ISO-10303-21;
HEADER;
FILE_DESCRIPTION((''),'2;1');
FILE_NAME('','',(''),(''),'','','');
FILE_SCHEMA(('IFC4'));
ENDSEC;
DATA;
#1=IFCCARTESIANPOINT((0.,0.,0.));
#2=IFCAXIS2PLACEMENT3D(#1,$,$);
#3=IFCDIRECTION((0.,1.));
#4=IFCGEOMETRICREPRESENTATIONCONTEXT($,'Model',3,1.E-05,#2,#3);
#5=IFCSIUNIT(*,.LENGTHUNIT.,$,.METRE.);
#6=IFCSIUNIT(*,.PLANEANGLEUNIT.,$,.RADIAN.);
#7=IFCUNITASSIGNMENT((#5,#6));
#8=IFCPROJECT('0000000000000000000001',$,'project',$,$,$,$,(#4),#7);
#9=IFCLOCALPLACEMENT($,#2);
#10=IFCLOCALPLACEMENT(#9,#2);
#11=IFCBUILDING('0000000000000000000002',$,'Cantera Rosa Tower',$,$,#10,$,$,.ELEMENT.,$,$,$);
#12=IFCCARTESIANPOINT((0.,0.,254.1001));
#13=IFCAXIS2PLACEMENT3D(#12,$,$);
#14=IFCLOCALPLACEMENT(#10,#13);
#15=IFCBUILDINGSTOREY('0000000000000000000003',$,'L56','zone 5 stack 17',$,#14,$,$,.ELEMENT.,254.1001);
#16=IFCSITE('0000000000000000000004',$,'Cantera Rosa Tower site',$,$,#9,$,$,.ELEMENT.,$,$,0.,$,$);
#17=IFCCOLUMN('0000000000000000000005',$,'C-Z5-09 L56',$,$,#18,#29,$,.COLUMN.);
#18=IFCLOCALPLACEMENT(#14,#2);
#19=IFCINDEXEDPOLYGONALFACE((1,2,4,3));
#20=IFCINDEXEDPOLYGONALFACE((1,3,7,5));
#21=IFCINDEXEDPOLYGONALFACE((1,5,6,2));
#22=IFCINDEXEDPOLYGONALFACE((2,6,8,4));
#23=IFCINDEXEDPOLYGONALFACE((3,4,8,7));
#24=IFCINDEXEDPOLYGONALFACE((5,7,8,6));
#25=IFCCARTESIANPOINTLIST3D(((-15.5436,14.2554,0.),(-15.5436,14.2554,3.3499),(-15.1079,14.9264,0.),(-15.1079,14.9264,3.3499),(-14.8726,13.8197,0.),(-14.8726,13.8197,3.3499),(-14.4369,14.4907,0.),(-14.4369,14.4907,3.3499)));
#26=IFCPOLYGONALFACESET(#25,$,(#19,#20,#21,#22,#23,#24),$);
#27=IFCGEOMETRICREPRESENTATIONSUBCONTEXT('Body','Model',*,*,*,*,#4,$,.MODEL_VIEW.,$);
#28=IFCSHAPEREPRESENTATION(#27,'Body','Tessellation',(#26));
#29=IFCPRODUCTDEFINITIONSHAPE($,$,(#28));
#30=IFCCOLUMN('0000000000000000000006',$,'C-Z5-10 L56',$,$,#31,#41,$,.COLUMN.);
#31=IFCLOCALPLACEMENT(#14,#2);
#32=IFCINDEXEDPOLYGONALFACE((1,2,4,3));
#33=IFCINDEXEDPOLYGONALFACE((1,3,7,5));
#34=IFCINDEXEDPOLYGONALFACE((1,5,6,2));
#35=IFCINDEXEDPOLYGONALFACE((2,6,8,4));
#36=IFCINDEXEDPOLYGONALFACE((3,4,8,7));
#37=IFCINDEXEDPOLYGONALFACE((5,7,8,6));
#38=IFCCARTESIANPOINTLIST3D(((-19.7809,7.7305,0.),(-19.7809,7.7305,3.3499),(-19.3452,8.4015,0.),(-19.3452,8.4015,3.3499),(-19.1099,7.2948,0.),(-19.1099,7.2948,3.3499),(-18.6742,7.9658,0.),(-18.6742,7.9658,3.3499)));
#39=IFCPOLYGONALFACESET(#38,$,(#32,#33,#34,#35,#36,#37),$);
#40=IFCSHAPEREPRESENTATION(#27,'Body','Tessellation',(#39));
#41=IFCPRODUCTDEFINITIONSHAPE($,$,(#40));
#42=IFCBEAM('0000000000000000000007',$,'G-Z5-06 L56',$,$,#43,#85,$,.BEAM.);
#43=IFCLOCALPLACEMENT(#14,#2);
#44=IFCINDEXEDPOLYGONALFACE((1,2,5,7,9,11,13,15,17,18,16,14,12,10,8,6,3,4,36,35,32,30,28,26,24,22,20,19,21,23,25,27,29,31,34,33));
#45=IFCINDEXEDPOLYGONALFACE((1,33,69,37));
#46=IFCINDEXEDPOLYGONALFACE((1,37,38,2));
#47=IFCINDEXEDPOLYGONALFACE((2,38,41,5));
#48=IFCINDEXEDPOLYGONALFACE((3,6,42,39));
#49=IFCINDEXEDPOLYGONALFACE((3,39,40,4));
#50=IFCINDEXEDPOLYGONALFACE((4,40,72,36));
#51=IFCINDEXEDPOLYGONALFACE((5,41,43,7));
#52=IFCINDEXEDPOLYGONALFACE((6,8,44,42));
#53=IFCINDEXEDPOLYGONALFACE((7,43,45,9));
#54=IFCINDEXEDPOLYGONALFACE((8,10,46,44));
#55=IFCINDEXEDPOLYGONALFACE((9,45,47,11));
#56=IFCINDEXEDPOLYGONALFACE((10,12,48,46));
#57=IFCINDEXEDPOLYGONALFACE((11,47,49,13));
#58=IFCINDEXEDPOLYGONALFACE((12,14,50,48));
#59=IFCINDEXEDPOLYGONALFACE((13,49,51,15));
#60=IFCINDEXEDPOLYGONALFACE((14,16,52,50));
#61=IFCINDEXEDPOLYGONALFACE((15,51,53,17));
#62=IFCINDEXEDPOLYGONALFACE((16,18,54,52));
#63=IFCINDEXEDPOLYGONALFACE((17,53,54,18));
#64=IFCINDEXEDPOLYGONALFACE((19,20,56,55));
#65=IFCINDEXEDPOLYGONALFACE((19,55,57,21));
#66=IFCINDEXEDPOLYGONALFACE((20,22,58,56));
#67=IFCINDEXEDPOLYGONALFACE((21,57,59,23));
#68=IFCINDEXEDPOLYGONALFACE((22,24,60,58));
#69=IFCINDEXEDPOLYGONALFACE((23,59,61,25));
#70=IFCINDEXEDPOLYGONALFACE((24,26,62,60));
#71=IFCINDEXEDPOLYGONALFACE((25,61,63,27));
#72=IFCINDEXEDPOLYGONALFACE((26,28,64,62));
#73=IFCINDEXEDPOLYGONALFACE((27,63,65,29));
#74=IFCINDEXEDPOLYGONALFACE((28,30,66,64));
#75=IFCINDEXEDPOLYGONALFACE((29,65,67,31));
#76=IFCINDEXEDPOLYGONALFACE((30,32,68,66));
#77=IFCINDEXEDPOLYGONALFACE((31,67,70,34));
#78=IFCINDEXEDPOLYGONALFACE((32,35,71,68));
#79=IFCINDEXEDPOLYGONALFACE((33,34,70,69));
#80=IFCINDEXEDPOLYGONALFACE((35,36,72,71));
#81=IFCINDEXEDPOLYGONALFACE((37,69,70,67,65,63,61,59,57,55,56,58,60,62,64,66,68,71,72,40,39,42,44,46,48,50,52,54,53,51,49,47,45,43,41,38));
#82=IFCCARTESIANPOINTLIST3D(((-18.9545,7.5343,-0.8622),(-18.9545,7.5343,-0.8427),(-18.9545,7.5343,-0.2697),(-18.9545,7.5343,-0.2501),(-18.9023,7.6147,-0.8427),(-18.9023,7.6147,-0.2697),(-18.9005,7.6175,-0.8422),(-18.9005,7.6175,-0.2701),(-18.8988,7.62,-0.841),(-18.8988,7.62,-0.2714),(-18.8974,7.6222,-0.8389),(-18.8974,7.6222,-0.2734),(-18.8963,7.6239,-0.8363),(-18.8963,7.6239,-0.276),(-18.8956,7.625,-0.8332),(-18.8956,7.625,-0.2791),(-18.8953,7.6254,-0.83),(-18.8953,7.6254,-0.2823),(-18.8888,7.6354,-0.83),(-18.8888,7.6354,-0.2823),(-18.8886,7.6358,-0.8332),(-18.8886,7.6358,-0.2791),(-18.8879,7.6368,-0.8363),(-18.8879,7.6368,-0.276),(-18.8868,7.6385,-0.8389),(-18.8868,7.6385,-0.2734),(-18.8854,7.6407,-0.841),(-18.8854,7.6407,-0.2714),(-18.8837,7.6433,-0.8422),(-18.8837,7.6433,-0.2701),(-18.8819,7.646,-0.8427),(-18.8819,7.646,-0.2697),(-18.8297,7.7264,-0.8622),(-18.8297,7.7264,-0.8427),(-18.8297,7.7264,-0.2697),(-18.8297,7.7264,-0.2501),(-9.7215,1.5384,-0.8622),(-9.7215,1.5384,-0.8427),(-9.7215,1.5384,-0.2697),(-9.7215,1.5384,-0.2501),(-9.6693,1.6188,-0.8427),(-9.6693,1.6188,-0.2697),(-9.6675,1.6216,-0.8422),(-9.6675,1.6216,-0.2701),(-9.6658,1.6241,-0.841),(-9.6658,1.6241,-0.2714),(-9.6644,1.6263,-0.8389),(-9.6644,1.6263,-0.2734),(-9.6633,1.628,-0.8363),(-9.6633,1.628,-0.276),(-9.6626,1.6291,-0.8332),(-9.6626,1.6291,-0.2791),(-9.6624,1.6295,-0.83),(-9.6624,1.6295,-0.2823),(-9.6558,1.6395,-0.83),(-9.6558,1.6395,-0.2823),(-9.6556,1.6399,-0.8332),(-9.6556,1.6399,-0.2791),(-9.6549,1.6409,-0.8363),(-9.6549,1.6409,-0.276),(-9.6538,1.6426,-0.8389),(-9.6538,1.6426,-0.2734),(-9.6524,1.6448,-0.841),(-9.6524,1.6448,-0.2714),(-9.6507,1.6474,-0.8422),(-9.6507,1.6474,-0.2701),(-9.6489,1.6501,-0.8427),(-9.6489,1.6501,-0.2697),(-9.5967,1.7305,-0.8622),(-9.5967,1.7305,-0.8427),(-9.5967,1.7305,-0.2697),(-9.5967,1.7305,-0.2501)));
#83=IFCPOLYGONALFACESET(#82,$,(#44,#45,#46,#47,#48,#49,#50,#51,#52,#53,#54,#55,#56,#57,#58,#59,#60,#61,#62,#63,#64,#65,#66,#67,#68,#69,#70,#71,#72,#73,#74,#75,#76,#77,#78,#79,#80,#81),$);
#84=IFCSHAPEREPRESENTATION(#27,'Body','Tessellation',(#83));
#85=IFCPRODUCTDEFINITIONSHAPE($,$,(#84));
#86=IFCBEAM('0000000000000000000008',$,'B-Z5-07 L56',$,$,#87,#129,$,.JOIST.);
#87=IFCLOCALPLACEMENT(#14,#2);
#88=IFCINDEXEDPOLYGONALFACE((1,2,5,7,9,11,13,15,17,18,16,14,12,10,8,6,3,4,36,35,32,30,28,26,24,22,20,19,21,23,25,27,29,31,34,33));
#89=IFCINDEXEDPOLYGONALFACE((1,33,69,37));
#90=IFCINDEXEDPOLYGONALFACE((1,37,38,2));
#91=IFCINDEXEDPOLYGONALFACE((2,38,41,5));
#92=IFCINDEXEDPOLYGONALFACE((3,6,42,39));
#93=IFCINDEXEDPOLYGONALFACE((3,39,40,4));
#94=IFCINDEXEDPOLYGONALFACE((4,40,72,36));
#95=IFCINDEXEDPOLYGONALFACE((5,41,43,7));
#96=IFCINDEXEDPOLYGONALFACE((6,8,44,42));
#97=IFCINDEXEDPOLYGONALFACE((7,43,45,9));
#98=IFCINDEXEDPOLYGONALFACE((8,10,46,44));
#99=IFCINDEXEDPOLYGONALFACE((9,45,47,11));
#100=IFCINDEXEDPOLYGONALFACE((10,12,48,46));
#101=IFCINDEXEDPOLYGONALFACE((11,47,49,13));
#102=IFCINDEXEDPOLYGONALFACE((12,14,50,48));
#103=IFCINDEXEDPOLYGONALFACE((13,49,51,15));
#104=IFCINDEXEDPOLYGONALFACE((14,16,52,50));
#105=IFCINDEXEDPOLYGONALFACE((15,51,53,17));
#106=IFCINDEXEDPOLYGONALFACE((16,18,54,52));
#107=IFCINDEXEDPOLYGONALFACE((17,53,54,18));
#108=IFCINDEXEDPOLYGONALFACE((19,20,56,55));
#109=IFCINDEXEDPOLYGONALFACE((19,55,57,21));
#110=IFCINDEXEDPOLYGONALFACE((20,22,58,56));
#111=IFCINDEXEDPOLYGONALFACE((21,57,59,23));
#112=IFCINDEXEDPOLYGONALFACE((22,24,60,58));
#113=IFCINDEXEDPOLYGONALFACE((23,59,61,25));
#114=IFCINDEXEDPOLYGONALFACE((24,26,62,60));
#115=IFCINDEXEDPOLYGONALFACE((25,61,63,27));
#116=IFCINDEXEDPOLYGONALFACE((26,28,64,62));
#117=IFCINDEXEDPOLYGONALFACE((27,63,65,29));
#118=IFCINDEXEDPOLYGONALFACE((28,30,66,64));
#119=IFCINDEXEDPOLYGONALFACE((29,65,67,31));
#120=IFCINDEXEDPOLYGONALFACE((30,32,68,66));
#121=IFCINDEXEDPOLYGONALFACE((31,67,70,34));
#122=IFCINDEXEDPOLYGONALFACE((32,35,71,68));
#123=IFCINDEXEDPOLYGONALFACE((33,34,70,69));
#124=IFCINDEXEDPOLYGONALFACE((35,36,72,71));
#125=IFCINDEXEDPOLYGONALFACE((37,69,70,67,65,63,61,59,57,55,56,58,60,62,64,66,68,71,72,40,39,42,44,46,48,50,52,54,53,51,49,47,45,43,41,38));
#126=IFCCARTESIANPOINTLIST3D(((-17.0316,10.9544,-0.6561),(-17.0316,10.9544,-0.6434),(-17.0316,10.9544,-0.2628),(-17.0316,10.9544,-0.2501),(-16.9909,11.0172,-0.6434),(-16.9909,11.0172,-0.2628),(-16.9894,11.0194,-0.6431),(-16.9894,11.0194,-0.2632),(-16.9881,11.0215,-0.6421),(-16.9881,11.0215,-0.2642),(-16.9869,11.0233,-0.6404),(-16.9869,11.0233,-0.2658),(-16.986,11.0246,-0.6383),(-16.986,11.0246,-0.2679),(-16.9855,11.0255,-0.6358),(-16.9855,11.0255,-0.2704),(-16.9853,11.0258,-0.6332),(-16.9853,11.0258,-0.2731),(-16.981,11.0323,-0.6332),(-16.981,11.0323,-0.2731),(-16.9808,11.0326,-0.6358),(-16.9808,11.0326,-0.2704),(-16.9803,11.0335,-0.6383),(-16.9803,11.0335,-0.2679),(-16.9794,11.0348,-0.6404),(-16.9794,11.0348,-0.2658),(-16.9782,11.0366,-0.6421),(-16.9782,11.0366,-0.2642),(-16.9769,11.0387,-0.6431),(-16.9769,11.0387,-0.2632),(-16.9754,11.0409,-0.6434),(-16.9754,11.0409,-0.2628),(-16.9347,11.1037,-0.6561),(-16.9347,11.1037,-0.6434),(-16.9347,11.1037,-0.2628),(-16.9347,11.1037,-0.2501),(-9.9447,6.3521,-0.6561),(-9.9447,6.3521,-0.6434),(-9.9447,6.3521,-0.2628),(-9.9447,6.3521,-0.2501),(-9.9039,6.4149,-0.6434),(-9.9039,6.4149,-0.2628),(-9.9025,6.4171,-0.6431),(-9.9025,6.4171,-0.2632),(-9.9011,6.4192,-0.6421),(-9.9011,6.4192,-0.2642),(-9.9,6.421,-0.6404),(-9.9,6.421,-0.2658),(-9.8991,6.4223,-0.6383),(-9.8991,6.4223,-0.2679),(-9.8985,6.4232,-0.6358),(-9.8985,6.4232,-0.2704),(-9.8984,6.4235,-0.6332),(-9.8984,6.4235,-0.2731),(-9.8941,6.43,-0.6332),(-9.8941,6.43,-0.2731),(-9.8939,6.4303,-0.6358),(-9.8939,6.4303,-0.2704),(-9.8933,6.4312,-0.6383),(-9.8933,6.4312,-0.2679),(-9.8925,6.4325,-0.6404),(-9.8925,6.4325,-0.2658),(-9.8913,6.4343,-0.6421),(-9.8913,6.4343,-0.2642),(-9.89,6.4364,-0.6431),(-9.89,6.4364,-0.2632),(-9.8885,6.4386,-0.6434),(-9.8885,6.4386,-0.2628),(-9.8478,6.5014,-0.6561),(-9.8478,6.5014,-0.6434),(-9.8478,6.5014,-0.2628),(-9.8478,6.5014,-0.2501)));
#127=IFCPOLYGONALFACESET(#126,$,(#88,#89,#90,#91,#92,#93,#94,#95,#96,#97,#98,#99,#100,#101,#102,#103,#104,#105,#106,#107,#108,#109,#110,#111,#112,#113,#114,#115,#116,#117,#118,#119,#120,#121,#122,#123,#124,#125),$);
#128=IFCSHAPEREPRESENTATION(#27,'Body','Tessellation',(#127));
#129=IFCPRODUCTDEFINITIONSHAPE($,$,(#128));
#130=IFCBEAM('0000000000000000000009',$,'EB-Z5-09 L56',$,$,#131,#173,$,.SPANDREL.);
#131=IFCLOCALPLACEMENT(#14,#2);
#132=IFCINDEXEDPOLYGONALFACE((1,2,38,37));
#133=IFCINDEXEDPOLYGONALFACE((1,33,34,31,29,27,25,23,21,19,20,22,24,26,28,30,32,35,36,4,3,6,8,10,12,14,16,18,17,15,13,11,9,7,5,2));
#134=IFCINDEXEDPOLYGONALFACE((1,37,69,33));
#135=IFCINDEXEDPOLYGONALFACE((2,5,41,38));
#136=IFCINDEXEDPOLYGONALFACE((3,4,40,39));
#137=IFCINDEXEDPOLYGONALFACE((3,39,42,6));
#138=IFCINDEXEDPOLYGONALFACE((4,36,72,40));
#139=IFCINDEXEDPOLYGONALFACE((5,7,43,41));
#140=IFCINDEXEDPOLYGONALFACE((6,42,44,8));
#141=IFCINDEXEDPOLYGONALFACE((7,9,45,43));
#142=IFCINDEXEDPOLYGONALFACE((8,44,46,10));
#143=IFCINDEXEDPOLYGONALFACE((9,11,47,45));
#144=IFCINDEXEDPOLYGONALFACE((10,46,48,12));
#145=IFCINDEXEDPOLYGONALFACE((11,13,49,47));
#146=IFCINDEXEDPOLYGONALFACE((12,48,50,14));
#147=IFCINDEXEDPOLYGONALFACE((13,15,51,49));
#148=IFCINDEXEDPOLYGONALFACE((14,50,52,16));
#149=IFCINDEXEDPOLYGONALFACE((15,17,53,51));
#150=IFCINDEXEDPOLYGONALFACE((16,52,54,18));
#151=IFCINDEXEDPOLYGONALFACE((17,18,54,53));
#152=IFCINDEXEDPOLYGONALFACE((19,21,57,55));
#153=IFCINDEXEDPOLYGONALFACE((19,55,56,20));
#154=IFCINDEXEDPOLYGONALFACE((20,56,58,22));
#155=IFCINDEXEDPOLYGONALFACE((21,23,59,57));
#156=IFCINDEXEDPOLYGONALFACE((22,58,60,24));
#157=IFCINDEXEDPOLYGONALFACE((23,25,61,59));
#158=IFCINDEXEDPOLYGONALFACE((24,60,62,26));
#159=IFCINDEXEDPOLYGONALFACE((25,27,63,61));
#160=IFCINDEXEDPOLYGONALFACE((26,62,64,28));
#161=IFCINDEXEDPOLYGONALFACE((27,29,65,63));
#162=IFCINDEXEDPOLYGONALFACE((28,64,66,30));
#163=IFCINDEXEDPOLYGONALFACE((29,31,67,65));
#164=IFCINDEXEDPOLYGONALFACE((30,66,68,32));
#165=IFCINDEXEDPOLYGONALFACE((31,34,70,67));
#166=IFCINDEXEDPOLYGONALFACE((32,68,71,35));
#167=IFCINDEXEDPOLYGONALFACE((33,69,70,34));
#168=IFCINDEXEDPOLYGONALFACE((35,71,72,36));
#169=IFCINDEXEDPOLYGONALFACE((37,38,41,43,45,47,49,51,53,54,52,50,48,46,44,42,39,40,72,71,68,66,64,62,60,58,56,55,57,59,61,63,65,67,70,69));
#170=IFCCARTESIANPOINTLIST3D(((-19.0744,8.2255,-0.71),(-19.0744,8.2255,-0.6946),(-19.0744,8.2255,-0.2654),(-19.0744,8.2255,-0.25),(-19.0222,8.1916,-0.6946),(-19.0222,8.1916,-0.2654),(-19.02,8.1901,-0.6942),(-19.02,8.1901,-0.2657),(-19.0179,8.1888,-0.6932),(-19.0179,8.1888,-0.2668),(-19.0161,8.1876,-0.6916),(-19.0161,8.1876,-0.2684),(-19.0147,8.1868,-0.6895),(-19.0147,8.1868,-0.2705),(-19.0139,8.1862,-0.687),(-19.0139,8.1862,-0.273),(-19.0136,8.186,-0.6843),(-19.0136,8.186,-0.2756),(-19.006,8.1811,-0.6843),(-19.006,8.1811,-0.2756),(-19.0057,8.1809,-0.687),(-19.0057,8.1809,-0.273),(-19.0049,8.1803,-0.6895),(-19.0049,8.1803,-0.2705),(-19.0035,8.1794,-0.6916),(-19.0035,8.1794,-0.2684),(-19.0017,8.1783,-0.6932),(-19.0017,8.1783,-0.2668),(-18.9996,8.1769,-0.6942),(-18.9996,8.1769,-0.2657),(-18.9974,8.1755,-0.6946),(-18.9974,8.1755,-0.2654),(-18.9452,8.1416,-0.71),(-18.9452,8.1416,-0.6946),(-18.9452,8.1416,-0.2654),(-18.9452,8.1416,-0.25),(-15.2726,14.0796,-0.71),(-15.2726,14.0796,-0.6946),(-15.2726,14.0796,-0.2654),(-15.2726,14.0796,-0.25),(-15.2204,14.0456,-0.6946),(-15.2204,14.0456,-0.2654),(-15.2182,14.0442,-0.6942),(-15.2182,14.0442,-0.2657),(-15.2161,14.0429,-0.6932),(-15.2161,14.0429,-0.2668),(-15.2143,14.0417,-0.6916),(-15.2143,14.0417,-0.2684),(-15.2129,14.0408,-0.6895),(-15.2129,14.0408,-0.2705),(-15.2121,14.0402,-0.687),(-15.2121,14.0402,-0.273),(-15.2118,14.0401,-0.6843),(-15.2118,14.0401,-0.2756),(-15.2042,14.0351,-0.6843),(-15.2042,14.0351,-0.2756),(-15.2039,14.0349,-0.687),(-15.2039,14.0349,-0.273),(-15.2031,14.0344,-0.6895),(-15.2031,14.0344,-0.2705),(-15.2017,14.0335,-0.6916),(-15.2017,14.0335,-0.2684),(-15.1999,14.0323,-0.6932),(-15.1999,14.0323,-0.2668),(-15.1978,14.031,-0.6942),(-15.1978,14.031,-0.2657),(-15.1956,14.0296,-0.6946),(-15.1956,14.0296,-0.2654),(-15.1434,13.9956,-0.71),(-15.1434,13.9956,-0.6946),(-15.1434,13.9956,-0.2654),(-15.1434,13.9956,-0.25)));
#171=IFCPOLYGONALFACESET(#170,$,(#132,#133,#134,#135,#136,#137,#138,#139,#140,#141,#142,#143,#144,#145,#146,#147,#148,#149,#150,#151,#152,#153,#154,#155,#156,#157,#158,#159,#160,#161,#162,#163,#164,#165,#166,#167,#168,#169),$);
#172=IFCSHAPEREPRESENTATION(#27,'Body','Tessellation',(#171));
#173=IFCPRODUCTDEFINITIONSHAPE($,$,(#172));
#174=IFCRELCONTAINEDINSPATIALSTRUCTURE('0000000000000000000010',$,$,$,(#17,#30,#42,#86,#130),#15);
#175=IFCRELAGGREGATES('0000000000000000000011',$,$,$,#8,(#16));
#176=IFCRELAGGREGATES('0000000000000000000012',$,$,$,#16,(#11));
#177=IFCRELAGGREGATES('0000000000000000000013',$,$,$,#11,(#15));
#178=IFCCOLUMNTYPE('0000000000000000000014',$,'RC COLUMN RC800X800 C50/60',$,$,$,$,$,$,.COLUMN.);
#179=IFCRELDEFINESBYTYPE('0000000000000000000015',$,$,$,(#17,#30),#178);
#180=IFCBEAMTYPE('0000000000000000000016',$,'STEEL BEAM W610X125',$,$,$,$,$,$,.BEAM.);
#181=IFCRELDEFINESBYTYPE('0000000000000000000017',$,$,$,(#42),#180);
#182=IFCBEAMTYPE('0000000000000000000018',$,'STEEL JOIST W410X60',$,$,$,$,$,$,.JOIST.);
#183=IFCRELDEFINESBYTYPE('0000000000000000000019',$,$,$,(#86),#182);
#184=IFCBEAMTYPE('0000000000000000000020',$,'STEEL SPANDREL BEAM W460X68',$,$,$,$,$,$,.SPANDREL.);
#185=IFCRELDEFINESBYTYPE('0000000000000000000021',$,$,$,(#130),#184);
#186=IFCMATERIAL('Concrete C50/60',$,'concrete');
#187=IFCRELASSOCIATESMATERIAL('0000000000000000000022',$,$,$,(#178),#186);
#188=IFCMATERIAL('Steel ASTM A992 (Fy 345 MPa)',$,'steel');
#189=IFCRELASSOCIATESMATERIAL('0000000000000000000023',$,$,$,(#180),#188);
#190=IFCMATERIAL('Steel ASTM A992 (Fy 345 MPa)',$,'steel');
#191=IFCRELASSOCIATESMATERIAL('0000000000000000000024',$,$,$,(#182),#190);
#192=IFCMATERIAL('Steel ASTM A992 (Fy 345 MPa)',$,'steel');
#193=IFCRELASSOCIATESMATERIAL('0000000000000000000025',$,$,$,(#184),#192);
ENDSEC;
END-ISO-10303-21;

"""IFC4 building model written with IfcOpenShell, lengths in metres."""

from ifc_helpers import new_model, si_unit, direction, frame, origin, origin_2d, place, context, subcontext, project, spatial, rectangle, i_section, extrude, material, material_profile, profile_set, type_object, element, save


model = new_model("IFC4")

# Units and contexts
model_context = context("Model", 3, precision=1e-05, world=origin(), true_north=direction((0.0, 1.0)))
body_context = subcontext(model_context, "Body", "Model", "MODEL_VIEW")
ifc_project = project(units=[si_unit("LENGTHUNIT", "METRE"), si_unit("PLANEANGLEUNIT", "RADIAN")], contexts=[model_context])

# Site, building, storey
site_placement = place(None, origin())
site = spatial("IfcSite", under=ifc_project, at=site_placement, Name="Cantera Rosa Tower site", CompositionType="ELEMENT", RefElevation=0.0)
building_placement = place(site_placement, origin())
building = spatial("IfcBuilding", under=site, at=building_placement, Name="Cantera Rosa Tower", CompositionType="ELEMENT")
storey_placement = place(building_placement, frame((0.0, 0.0, 254.1001)))
storey = spatial("IfcBuildingStorey", under=building, at=storey_placement, Name="L56", Description="zone 5 stack 17", CompositionType="ELEMENT", Elevation=254.1001)

# Columns
ifc_material_1 = material(Name="Concrete C50/60", Category="concrete")
ifc_material_profile_1 = material_profile(ifc_material_1, rectangle(XDim=0.8, YDim=0.8, at=origin_2d()), Name="RC COLUMN RC800X800 C50/60")
ifc_profile_set_1 = profile_set([ifc_material_profile_1], Name="Concrete C50/60")
column_type = type_object("IfcColumnType", Name="RC COLUMN RC800X800 C50/60", PredefinedType="COLUMN", material=ifc_profile_set_1)
for number, where, z_axis, x_axis, name in (
    (1, (-14.9902, 14.373, 0.0), (0.0, 0.0, 1.0), (0.544639, 0.838671, 0.0), "C-Z5-09 L56"),
    (2, (-19.2275, 7.8481, 0.0), (0.0, 0.0, 1.0), (0.544639, 0.838671, 0.0), "C-Z5-10 L56"),
):
    element("IfcColumn", number, at=place(storey_placement, frame(where, z_axis=z_axis, x_axis=x_axis)), inside=storey, type_object=column_type, Name=name, PredefinedType="COLUMN", context=body_context, shape_type="SweptSolid", body=[
        extrude(rectangle(XDim=0.8, YDim=0.8, at=origin_2d()), origin(), (0.0, 0.0, 1.0), 3.3499),
    ])

# Beams
ifc_material_2 = material(Name="Steel ASTM A992 (Fy 345 MPa)", Category="steel")
ifc_material_profile_2 = material_profile(ifc_material_2, i_section(OverallWidth=0.229, OverallDepth=0.6121, WebThickness=0.012, FlangeThickness=0.0195, FilletRadius=0.0127, at=origin_2d()), Name="W610X125")
ifc_profile_set_2 = profile_set([ifc_material_profile_2], Name="Steel ASTM A992 (Fy 345 MPa)")
beam_type_1 = type_object("IfcBeamType", Name="STEEL BEAM W610X125", PredefinedType="BEAM", material=ifc_profile_set_2)
beam_1_placement = place(storey_placement, frame((-18.8921, 7.6304, -0.5562), z_axis=(0.838674, -0.544634, 0.0), x_axis=(0.544634, 0.838674, 0.0)))
element("IfcBeam", 3, at=beam_1_placement, inside=storey, type_object=beam_type_1, Name="G-Z5-06 L56", PredefinedType="BEAM", context=body_context, shape_type="SweptSolid", body=[
    extrude(i_section(OverallWidth=0.229, OverallDepth=0.6121, WebThickness=0.012, FlangeThickness=0.0195, FilletRadius=0.0127, at=origin_2d()), origin(), (0.0, 0.0, 1.0), 11.009),
])
ifc_material_3 = material(Name="Steel ASTM A992 (Fy 345 MPa)", Category="steel")
ifc_material_profile_3 = material_profile(ifc_material_3, i_section(OverallWidth=0.178, OverallDepth=0.406, WebThickness=0.0078, FlangeThickness=0.0127, FilletRadius=0.0103, at=origin_2d()), Name="W410X60")
ifc_profile_set_3 = profile_set([ifc_material_profile_3], Name="Steel ASTM A992 (Fy 345 MPa)")
beam_type_2 = type_object("IfcBeamType", Name="STEEL JOIST W410X60", PredefinedType="JOIST", material=ifc_profile_set_3)
beam_2_placement = place(storey_placement, frame((-16.9832, 11.0291, -0.4531), z_axis=(0.838671, -0.544639, 0.0), x_axis=(0.544639, 0.838671, 0.0)))
element("IfcBeam", 4, at=beam_2_placement, inside=storey, type_object=beam_type_2, Name="B-Z5-07 L56", PredefinedType="JOIST", context=body_context, shape_type="SweptSolid", body=[
    extrude(i_section(OverallWidth=0.178, OverallDepth=0.406, WebThickness=0.0078, FlangeThickness=0.0127, FilletRadius=0.0103, at=origin_2d()), origin(), (0.0, 0.0, 1.0), 8.4502),
])
ifc_material_4 = material(Name="Steel ASTM A992 (Fy 345 MPa)", Category="steel")
ifc_material_profile_4 = material_profile(ifc_material_4, i_section(OverallWidth=0.1541, OverallDepth=0.46, WebThickness=0.009, FlangeThickness=0.0154, FilletRadius=0.0103, at=origin_2d()), Name="W460X68")
ifc_profile_set_4 = profile_set([ifc_material_profile_4], Name="Steel ASTM A992 (Fy 345 MPa)")
beam_type_3 = type_object("IfcBeamType", Name="STEEL SPANDREL BEAM W460X68", PredefinedType="SPANDREL", material=ifc_profile_set_4)
beam_3_placement = place(storey_placement, frame((-15.208, 14.0376, -0.48), z_axis=(-0.544651, -0.838663, 0.0), x_axis=(0.838663, -0.544651, 0.0)))
element("IfcBeam", 5, at=beam_3_placement, inside=storey, type_object=beam_type_3, Name="EB-Z5-09 L56", PredefinedType="SPANDREL", context=body_context, shape_type="SweptSolid", body=[
    extrude(i_section(OverallWidth=0.1541, OverallDepth=0.46, WebThickness=0.009, FlangeThickness=0.0154, FilletRadius=0.0103, at=origin_2d()), origin(), (0.0, 0.0, 1.0), 6.9802),
])

save(model, "model.ifc")
